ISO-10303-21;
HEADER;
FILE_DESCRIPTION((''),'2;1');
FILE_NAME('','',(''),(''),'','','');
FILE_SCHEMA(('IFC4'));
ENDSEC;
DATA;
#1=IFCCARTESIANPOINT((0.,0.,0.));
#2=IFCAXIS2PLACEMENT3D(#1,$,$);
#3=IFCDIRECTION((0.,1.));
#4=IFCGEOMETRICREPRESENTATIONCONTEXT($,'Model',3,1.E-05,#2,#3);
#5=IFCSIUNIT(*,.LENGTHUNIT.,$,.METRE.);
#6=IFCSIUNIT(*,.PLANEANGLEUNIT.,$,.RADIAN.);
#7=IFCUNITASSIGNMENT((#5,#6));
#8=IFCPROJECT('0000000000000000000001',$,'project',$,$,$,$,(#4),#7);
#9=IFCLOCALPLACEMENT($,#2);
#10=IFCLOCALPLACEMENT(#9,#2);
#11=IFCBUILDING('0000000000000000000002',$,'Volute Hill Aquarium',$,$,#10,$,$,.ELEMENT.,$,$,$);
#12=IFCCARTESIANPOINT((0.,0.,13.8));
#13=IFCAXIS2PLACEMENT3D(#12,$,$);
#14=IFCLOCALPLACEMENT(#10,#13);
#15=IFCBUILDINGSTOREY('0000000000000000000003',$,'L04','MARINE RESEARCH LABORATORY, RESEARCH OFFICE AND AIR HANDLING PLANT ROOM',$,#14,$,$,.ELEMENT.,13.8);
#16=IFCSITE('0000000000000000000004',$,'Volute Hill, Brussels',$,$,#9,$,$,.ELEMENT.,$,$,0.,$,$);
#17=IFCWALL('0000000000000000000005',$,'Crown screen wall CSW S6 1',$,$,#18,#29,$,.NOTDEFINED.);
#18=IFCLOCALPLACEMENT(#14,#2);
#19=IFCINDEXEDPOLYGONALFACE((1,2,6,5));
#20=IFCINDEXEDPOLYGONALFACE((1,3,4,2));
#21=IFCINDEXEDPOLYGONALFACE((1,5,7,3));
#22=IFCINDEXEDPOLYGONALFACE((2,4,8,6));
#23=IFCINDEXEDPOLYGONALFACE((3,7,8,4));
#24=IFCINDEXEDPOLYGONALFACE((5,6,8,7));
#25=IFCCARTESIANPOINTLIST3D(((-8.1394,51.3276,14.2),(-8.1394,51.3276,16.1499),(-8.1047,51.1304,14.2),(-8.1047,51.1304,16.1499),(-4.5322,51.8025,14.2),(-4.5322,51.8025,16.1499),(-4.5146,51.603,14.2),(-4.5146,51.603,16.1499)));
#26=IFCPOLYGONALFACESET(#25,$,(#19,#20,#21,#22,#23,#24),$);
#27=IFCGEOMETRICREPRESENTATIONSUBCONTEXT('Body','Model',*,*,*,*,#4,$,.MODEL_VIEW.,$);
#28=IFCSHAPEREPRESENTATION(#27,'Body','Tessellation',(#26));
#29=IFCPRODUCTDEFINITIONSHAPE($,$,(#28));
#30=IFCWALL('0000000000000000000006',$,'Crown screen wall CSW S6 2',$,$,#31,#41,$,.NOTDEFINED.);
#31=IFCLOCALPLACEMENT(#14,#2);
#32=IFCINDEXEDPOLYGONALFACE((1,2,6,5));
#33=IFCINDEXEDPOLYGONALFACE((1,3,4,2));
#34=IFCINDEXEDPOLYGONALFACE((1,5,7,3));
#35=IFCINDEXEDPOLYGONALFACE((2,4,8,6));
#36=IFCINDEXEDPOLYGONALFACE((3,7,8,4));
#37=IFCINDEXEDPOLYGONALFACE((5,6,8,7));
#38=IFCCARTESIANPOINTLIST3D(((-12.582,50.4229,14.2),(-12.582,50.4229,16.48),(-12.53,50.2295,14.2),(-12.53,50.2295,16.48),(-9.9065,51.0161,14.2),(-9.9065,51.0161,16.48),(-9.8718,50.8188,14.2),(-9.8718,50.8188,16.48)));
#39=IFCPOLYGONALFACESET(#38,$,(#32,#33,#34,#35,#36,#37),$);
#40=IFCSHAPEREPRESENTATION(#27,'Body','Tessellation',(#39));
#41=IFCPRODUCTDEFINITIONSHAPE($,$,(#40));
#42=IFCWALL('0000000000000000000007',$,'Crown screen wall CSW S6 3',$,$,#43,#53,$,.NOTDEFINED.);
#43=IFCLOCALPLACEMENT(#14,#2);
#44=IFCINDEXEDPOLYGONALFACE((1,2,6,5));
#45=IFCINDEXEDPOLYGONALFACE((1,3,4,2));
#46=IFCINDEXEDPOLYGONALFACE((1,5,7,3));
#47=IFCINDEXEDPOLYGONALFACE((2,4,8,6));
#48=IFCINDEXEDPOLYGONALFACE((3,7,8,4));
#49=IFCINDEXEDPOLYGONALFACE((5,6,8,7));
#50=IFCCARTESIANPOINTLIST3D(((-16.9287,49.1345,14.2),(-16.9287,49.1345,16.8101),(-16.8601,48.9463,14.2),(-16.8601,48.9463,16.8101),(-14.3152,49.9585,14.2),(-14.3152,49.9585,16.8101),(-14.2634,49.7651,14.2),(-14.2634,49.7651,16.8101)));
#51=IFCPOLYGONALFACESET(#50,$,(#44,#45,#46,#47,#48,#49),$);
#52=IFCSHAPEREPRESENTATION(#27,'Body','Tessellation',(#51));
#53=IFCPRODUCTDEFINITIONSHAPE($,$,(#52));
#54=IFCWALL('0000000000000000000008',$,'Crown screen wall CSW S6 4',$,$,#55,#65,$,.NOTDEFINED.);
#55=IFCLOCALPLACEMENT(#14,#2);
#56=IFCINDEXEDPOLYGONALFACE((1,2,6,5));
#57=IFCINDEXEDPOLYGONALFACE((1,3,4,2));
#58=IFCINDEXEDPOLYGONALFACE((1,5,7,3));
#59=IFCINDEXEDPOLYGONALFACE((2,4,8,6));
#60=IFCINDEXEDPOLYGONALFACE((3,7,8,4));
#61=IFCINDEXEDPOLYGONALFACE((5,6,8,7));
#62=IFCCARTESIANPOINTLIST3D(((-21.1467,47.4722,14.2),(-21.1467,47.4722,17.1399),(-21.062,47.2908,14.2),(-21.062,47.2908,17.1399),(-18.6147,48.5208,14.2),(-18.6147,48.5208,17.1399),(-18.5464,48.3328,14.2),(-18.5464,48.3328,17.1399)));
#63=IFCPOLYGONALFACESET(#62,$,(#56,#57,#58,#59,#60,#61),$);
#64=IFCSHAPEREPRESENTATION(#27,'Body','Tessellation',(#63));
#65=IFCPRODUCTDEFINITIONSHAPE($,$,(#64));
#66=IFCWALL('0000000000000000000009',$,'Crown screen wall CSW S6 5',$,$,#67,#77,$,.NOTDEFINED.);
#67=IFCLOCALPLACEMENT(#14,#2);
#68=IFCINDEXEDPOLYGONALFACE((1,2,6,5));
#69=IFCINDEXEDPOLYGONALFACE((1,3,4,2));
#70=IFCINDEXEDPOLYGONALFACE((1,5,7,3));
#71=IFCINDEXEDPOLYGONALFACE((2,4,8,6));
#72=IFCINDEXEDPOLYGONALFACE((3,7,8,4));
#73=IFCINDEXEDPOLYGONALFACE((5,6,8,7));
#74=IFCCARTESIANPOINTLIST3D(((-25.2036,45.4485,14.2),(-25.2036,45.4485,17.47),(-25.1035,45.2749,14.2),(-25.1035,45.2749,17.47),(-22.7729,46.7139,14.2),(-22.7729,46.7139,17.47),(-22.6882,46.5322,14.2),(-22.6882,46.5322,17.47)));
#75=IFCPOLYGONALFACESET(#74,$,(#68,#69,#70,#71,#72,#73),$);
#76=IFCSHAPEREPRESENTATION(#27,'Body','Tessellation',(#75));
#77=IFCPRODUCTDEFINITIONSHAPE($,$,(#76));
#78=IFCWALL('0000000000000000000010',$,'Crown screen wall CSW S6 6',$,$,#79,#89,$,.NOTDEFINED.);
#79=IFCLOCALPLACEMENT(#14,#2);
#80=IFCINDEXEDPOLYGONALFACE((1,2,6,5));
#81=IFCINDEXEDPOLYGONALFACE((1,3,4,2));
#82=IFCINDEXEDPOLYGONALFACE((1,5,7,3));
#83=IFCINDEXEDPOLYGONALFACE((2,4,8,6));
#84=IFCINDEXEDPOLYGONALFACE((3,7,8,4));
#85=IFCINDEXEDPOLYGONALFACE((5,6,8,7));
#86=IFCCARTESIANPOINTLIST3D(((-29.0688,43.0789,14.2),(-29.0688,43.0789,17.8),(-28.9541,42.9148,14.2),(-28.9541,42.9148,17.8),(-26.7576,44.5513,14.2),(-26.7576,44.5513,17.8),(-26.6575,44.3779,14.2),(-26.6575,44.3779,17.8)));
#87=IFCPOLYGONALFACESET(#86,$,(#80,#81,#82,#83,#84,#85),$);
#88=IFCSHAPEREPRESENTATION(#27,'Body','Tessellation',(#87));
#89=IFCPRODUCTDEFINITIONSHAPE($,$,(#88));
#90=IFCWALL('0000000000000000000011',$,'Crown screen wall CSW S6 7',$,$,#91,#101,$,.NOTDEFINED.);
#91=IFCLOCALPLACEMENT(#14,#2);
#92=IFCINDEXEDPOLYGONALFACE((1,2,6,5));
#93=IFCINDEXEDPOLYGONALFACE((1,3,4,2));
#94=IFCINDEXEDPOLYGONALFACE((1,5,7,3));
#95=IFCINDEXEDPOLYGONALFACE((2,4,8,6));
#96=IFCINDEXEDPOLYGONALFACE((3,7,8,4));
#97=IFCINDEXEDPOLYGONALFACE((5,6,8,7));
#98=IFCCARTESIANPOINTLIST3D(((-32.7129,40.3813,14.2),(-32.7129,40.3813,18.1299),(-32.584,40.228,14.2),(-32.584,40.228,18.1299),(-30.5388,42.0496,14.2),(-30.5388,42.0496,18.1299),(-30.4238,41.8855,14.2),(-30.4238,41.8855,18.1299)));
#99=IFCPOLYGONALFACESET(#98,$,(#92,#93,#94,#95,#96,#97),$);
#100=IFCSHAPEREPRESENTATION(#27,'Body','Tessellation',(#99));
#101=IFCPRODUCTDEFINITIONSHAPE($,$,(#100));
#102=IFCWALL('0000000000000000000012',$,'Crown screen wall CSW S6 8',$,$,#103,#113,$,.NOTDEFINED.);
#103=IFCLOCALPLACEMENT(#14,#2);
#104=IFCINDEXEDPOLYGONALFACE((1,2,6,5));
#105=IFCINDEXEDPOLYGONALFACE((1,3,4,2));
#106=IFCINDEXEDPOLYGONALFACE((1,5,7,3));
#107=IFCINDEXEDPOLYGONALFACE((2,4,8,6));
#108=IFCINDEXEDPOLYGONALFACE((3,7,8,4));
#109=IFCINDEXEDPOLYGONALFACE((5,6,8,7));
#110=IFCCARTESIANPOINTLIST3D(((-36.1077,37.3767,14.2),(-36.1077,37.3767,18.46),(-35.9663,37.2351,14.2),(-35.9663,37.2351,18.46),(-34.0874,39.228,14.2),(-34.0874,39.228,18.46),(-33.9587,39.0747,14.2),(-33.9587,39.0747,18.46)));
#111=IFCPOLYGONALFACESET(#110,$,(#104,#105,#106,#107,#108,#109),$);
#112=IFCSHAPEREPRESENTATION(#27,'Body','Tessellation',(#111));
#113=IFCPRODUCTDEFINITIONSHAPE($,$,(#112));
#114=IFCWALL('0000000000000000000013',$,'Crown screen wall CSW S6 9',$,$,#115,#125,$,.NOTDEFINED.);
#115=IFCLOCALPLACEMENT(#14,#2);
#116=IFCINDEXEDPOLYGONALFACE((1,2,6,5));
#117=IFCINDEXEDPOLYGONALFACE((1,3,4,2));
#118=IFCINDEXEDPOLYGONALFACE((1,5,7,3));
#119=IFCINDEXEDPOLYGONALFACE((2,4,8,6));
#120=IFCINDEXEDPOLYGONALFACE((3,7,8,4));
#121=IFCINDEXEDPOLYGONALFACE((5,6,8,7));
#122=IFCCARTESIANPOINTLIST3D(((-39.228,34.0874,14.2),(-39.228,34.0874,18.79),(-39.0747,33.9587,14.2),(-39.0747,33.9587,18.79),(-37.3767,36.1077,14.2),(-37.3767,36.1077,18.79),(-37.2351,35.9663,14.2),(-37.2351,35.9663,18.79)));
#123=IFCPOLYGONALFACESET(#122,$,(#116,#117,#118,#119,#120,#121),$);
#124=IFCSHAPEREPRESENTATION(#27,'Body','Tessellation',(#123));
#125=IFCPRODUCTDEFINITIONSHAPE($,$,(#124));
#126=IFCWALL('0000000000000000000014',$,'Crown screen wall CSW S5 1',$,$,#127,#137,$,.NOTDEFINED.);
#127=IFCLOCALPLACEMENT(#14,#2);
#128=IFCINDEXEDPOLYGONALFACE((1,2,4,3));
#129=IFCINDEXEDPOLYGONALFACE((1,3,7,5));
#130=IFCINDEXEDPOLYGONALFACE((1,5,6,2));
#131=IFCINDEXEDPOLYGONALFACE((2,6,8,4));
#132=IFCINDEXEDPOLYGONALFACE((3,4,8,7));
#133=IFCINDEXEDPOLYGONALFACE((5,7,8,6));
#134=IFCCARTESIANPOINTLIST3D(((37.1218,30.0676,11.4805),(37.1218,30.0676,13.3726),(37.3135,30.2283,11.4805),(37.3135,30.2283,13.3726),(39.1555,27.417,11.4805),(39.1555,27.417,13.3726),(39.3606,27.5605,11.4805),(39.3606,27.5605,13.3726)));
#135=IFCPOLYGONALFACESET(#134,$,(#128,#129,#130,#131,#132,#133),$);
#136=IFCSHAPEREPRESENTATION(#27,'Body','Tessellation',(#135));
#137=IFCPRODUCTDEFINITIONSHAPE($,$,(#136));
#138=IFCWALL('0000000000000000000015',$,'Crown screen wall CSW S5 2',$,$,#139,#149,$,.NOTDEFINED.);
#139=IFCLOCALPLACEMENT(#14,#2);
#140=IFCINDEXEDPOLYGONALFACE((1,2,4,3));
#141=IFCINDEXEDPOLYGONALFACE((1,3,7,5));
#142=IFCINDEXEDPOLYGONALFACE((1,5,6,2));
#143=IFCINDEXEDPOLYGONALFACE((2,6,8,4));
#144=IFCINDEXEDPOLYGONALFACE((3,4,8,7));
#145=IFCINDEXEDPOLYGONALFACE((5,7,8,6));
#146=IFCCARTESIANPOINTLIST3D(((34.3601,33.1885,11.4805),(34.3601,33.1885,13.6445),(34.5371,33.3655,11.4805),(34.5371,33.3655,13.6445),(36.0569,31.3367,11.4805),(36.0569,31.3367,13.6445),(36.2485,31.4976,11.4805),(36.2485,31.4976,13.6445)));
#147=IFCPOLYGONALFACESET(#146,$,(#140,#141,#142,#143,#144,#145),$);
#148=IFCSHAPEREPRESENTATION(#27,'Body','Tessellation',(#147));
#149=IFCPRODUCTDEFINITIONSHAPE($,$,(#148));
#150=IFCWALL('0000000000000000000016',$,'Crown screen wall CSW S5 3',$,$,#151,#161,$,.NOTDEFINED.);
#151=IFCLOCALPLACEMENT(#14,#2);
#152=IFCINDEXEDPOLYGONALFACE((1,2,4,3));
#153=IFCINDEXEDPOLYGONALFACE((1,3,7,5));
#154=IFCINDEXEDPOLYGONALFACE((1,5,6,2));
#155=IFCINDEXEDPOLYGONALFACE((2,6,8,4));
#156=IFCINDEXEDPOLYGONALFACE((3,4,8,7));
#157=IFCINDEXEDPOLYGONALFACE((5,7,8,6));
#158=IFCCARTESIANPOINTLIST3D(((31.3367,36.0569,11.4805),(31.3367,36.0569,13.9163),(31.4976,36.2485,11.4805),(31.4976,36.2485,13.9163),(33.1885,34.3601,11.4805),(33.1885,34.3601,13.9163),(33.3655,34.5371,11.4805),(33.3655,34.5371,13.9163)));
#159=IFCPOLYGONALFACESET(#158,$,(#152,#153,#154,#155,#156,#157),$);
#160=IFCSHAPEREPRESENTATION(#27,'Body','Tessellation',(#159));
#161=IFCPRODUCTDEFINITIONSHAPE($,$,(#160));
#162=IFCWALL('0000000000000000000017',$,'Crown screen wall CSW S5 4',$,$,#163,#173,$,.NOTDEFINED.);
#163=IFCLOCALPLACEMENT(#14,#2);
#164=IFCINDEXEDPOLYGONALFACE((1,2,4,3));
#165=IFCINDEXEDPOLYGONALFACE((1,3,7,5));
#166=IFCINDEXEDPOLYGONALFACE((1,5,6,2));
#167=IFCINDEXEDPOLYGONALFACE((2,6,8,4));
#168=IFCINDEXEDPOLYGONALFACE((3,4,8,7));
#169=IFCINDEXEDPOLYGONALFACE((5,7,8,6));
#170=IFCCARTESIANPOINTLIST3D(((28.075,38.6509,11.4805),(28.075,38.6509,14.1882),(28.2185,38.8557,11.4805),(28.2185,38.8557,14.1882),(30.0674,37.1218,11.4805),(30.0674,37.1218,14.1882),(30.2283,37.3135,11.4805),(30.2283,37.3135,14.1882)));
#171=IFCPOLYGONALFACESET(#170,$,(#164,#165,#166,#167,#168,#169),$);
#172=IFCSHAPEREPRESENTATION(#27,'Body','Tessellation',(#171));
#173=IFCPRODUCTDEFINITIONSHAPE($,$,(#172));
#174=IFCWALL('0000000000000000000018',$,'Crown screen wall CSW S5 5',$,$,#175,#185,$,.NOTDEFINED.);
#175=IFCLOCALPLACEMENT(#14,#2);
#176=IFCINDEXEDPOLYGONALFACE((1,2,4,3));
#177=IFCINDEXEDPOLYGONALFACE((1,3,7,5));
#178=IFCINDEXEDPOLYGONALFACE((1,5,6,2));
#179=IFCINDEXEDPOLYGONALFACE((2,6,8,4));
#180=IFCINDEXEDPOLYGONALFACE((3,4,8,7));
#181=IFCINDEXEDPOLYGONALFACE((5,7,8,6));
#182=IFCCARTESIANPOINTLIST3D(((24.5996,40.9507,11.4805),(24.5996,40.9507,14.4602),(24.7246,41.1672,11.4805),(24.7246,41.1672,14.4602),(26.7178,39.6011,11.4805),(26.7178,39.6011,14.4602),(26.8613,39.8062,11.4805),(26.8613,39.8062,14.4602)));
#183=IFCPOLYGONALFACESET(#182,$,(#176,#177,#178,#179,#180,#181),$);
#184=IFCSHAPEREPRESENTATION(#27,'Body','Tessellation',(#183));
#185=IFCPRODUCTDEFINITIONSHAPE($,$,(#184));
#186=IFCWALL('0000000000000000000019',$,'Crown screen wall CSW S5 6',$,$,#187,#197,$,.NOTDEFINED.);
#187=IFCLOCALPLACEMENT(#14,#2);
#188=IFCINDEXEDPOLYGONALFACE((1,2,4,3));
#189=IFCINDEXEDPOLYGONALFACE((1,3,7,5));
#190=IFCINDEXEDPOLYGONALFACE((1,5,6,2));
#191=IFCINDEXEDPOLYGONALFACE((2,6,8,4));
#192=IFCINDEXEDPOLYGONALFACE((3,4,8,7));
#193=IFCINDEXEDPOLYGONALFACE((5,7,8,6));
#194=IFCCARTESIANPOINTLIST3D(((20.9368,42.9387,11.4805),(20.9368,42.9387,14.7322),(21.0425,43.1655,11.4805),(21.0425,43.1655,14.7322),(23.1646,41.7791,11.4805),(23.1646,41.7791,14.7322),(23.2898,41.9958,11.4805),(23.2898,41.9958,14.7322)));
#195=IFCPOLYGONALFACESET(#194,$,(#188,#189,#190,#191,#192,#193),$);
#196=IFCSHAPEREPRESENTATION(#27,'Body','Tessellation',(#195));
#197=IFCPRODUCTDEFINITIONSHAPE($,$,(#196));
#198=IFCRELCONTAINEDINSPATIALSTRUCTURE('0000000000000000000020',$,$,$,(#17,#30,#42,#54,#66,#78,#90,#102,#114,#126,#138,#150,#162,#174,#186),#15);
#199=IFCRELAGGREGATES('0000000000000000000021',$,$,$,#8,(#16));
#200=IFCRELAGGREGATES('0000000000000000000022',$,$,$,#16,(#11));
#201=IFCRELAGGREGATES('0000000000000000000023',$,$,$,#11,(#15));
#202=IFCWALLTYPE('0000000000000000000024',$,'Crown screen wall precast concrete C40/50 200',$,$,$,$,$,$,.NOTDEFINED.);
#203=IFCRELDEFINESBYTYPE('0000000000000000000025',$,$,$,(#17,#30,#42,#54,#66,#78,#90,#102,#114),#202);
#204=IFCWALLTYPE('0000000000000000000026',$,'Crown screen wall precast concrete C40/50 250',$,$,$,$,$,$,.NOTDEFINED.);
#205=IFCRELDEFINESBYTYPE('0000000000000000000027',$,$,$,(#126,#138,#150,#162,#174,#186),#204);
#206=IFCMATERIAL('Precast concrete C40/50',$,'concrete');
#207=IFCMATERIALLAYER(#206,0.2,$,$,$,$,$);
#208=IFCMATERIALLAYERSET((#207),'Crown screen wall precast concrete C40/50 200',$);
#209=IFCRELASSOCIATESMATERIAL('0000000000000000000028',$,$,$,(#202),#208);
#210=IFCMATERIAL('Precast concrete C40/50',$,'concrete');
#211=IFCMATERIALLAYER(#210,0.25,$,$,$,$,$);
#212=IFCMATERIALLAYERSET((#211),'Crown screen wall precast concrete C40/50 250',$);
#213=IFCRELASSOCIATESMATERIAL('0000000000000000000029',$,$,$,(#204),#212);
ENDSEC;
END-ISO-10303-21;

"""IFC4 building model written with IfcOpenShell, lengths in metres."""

from ifc_helpers import new_model, si_unit, direction, frame, origin, place, context, subcontext, project, spatial, polyline, outline, extrude, material, layer, layer_set, type_object, element, save


model = new_model("IFC4")

# Units and contexts
model_context = context("Model", 3, precision=1e-05, world=origin(), true_north=direction((0.0, 1.0)))
body_context = subcontext(model_context, "Body", "Model", "MODEL_VIEW")
ifc_project = project(units=[si_unit("LENGTHUNIT", "METRE"), si_unit("PLANEANGLEUNIT", "RADIAN")], contexts=[model_context])

# Site, building, storey
site_placement = place(None, origin())
site = spatial("IfcSite", under=ifc_project, at=site_placement, Name="Volute Hill, Brussels", CompositionType="ELEMENT", RefElevation=0.0)
building_placement = place(site_placement, origin())
building = spatial("IfcBuilding", under=site, at=building_placement, Name="Volute Hill Aquarium", CompositionType="ELEMENT")
storey_placement = place(building_placement, frame((0.0, 0.0, 13.8)))
storey = spatial("IfcBuildingStorey", under=building, at=storey_placement, Name="L04", Description="MARINE RESEARCH LABORATORY, RESEARCH OFFICE AND AIR HANDLING PLANT ROOM", CompositionType="ELEMENT", Elevation=13.8)

# Walls
ifc_material_1 = material(Name="Precast concrete C40/50", Category="concrete")
ifc_layer_1 = layer(ifc_material_1, 0.2)
ifc_layer_set_1 = layer_set([ifc_layer_1], Name="Crown screen wall precast concrete C40/50 200")
wall_type_1 = type_object("IfcWallType", Name="Crown screen wall precast concrete C40/50 200", PredefinedType="NOTDEFINED", material=ifc_layer_set_1)
wall_1_placement = place(storey_placement, frame((0.0, 0.0, 14.2)))
element("IfcWall", 1, at=wall_1_placement, inside=storey, type_object=wall_type_1, Name="Crown screen wall CSW S6 1", PredefinedType="NOTDEFINED", context=body_context, shape_type="SweptSolid", body=[
    extrude(outline(polyline([(-4.5322, 51.8025), (-8.1394, 51.3276), (-8.1047, 51.1304), (-4.5146, 51.603), (-4.5322, 51.8025)])), origin(), (0.0, 0.0, 1.0), 1.95),
])
wall_2_placement = place(storey_placement, frame((0.0, 0.0, 14.2)))
element("IfcWall", 2, at=wall_2_placement, inside=storey, type_object=wall_type_1, Name="Crown screen wall CSW S6 2", PredefinedType="NOTDEFINED", context=body_context, shape_type="SweptSolid", body=[
    extrude(outline(polyline([(-9.9065, 51.0161), (-12.582, 50.4229), (-12.53, 50.2295), (-9.8718, 50.8188), (-9.9065, 51.0161)])), origin(), (0.0, 0.0, 1.0), 2.28),
])
wall_3_placement = place(storey_placement, frame((0.0, 0.0, 14.2)))
element("IfcWall", 3, at=wall_3_placement, inside=storey, type_object=wall_type_1, Name="Crown screen wall CSW S6 3", PredefinedType="NOTDEFINED", context=body_context, shape_type="SweptSolid", body=[
    extrude(outline(polyline([(-14.3152, 49.9585), (-16.9287, 49.1345), (-16.8601, 48.9463), (-14.2634, 49.7651), (-14.3152, 49.9585)])), origin(), (0.0, 0.0, 1.0), 2.6101),
])
wall_4_placement = place(storey_placement, frame((0.0, 0.0, 14.2)))
element("IfcWall", 4, at=wall_4_placement, inside=storey, type_object=wall_type_1, Name="Crown screen wall CSW S6 4", PredefinedType="NOTDEFINED", context=body_context, shape_type="SweptSolid", body=[
    extrude(outline(polyline([(-18.6147, 48.5208), (-21.1467, 47.4722), (-21.062, 47.2908), (-18.5464, 48.3328), (-18.6147, 48.5208)])), origin(), (0.0, 0.0, 1.0), 2.9399),
])
wall_5_placement = place(storey_placement, frame((0.0, 0.0, 14.2)))
element("IfcWall", 5, at=wall_5_placement, inside=storey, type_object=wall_type_1, Name="Crown screen wall CSW S6 5", PredefinedType="NOTDEFINED", context=body_context, shape_type="SweptSolid", body=[
    extrude(outline(polyline([(-22.7729, 46.7139), (-25.2036, 45.4485), (-25.1035, 45.2749), (-22.6882, 46.5322), (-22.7729, 46.7139)])), origin(), (0.0, 0.0, 1.0), 3.27),
])
wall_6_placement = place(storey_placement, frame((0.0, 0.0, 14.2)))
element("IfcWall", 6, at=wall_6_placement, inside=storey, type_object=wall_type_1, Name="Crown screen wall CSW S6 6", PredefinedType="NOTDEFINED", context=body_context, shape_type="SweptSolid", body=[
    extrude(outline(polyline([(-26.7576, 44.5513), (-29.0688, 43.0789), (-28.9541, 42.9148), (-26.6575, 44.3779), (-26.7576, 44.5513)])), origin(), (0.0, 0.0, 1.0), 3.6001),
])
wall_7_placement = place(storey_placement, frame((0.0, 0.0, 14.2)))
element("IfcWall", 7, at=wall_7_placement, inside=storey, type_object=wall_type_1, Name="Crown screen wall CSW S6 7", PredefinedType="NOTDEFINED", context=body_context, shape_type="SweptSolid", body=[
    extrude(outline(polyline([(-30.5388, 42.0496), (-32.7129, 40.3813), (-32.584, 40.228), (-30.4238, 41.8855), (-30.5388, 42.0496)])), origin(), (0.0, 0.0, 1.0), 3.9299),
])
wall_8_placement = place(storey_placement, frame((0.0, 0.0, 14.2)))
element("IfcWall", 8, at=wall_8_placement, inside=storey, type_object=wall_type_1, Name="Crown screen wall CSW S6 8", PredefinedType="NOTDEFINED", context=body_context, shape_type="SweptSolid", body=[
    extrude(outline(polyline([(-34.0874, 39.228), (-36.1077, 37.3767), (-35.9663, 37.2351), (-33.9587, 39.0747), (-34.0874, 39.228)])), origin(), (0.0, 0.0, 1.0), 4.26),
])
wall_9_placement = place(storey_placement, frame((0.0, 0.0, 14.2)))
element("IfcWall", 9, at=wall_9_placement, inside=storey, type_object=wall_type_1, Name="Crown screen wall CSW S6 9", PredefinedType="NOTDEFINED", context=body_context, shape_type="SweptSolid", body=[
    extrude(outline(polyline([(-37.3767, 36.1077), (-39.228, 34.0874), (-39.0747, 33.9587), (-37.2351, 35.9663), (-37.3767, 36.1077)])), origin(), (0.0, 0.0, 1.0), 4.5901),
])
ifc_material_2 = material(Name="Precast concrete C40/50", Category="concrete")
ifc_layer_2 = layer(ifc_material_2, 0.25)
ifc_layer_set_2 = layer_set([ifc_layer_2], Name="Crown screen wall precast concrete C40/50 250")
wall_type_2 = type_object("IfcWallType", Name="Crown screen wall precast concrete C40/50 250", PredefinedType="NOTDEFINED", material=ifc_layer_set_2)
wall_10_placement = place(storey_placement, frame((0.0, 0.0, 11.4805)))
element("IfcWall", 10, at=wall_10_placement, inside=storey, type_object=wall_type_2, Name="Crown screen wall CSW S5 1", PredefinedType="NOTDEFINED", context=body_context, shape_type="SweptSolid", body=[
    extrude(outline(polyline([(39.3606, 27.5605), (37.3135, 30.2283), (37.1218, 30.0676), (39.1555, 27.417), (39.3606, 27.5605)])), origin(), (0.0, 0.0, 1.0), 1.8921),
])
wall_11_placement = place(storey_placement, frame((0.0, 0.0, 11.4805)))
element("IfcWall", 11, at=wall_11_placement, inside=storey, type_object=wall_type_2, Name="Crown screen wall CSW S5 2", PredefinedType="NOTDEFINED", context=body_context, shape_type="SweptSolid", body=[
    extrude(outline(polyline([(36.2485, 31.4976), (34.5371, 33.3655), (34.3601, 33.1885), (36.0569, 31.3367), (36.2485, 31.4976)])), origin(), (0.0, 0.0, 1.0), 2.1641),
])
wall_12_placement = place(storey_placement, frame((0.0, 0.0, 11.4805)))
element("IfcWall", 12, at=wall_12_placement, inside=storey, type_object=wall_type_2, Name="Crown screen wall CSW S5 3", PredefinedType="NOTDEFINED", context=body_context, shape_type="SweptSolid", body=[
    extrude(outline(polyline([(33.3655, 34.5371), (31.4976, 36.2485), (31.3367, 36.0569), (33.1885, 34.3601), (33.3655, 34.5371)])), origin(), (0.0, 0.0, 1.0), 2.4358),
])
wall_13_placement = place(storey_placement, frame((0.0, 0.0, 11.4805)))
element("IfcWall", 13, at=wall_13_placement, inside=storey, type_object=wall_type_2, Name="Crown screen wall CSW S5 4", PredefinedType="NOTDEFINED", context=body_context, shape_type="SweptSolid", body=[
    extrude(outline(polyline([(30.2283, 37.3135), (28.2185, 38.8557), (28.075, 38.6509), (30.0674, 37.1218), (30.2283, 37.3135)])), origin(), (0.0, 0.0, 1.0), 2.7078),
])
wall_14_placement = place(storey_placement, frame((0.0, 0.0, 11.4805)))
element("IfcWall", 14, at=wall_14_placement, inside=storey, type_object=wall_type_2, Name="Crown screen wall CSW S5 5", PredefinedType="NOTDEFINED", context=body_context, shape_type="SweptSolid", body=[
    extrude(outline(polyline([(26.8613, 39.8062), (24.7246, 41.1672), (24.5996, 40.9507), (26.7178, 39.6011), (26.8613, 39.8062)])), origin(), (0.0, 0.0, 1.0), 2.9797),
])
wall_15_placement = place(storey_placement, frame((0.0, 0.0, 11.4805)))
element("IfcWall", 15, at=wall_15_placement, inside=storey, type_object=wall_type_2, Name="Crown screen wall CSW S5 6", PredefinedType="NOTDEFINED", context=body_context, shape_type="SweptSolid", body=[
    extrude(outline(polyline([(23.2898, 41.9958), (21.0425, 43.1655), (20.9368, 42.9387), (23.1646, 41.7791), (23.2898, 41.9958)])), origin(), (0.0, 0.0, 1.0), 3.2517),
])

save(model, "model.ifc")
